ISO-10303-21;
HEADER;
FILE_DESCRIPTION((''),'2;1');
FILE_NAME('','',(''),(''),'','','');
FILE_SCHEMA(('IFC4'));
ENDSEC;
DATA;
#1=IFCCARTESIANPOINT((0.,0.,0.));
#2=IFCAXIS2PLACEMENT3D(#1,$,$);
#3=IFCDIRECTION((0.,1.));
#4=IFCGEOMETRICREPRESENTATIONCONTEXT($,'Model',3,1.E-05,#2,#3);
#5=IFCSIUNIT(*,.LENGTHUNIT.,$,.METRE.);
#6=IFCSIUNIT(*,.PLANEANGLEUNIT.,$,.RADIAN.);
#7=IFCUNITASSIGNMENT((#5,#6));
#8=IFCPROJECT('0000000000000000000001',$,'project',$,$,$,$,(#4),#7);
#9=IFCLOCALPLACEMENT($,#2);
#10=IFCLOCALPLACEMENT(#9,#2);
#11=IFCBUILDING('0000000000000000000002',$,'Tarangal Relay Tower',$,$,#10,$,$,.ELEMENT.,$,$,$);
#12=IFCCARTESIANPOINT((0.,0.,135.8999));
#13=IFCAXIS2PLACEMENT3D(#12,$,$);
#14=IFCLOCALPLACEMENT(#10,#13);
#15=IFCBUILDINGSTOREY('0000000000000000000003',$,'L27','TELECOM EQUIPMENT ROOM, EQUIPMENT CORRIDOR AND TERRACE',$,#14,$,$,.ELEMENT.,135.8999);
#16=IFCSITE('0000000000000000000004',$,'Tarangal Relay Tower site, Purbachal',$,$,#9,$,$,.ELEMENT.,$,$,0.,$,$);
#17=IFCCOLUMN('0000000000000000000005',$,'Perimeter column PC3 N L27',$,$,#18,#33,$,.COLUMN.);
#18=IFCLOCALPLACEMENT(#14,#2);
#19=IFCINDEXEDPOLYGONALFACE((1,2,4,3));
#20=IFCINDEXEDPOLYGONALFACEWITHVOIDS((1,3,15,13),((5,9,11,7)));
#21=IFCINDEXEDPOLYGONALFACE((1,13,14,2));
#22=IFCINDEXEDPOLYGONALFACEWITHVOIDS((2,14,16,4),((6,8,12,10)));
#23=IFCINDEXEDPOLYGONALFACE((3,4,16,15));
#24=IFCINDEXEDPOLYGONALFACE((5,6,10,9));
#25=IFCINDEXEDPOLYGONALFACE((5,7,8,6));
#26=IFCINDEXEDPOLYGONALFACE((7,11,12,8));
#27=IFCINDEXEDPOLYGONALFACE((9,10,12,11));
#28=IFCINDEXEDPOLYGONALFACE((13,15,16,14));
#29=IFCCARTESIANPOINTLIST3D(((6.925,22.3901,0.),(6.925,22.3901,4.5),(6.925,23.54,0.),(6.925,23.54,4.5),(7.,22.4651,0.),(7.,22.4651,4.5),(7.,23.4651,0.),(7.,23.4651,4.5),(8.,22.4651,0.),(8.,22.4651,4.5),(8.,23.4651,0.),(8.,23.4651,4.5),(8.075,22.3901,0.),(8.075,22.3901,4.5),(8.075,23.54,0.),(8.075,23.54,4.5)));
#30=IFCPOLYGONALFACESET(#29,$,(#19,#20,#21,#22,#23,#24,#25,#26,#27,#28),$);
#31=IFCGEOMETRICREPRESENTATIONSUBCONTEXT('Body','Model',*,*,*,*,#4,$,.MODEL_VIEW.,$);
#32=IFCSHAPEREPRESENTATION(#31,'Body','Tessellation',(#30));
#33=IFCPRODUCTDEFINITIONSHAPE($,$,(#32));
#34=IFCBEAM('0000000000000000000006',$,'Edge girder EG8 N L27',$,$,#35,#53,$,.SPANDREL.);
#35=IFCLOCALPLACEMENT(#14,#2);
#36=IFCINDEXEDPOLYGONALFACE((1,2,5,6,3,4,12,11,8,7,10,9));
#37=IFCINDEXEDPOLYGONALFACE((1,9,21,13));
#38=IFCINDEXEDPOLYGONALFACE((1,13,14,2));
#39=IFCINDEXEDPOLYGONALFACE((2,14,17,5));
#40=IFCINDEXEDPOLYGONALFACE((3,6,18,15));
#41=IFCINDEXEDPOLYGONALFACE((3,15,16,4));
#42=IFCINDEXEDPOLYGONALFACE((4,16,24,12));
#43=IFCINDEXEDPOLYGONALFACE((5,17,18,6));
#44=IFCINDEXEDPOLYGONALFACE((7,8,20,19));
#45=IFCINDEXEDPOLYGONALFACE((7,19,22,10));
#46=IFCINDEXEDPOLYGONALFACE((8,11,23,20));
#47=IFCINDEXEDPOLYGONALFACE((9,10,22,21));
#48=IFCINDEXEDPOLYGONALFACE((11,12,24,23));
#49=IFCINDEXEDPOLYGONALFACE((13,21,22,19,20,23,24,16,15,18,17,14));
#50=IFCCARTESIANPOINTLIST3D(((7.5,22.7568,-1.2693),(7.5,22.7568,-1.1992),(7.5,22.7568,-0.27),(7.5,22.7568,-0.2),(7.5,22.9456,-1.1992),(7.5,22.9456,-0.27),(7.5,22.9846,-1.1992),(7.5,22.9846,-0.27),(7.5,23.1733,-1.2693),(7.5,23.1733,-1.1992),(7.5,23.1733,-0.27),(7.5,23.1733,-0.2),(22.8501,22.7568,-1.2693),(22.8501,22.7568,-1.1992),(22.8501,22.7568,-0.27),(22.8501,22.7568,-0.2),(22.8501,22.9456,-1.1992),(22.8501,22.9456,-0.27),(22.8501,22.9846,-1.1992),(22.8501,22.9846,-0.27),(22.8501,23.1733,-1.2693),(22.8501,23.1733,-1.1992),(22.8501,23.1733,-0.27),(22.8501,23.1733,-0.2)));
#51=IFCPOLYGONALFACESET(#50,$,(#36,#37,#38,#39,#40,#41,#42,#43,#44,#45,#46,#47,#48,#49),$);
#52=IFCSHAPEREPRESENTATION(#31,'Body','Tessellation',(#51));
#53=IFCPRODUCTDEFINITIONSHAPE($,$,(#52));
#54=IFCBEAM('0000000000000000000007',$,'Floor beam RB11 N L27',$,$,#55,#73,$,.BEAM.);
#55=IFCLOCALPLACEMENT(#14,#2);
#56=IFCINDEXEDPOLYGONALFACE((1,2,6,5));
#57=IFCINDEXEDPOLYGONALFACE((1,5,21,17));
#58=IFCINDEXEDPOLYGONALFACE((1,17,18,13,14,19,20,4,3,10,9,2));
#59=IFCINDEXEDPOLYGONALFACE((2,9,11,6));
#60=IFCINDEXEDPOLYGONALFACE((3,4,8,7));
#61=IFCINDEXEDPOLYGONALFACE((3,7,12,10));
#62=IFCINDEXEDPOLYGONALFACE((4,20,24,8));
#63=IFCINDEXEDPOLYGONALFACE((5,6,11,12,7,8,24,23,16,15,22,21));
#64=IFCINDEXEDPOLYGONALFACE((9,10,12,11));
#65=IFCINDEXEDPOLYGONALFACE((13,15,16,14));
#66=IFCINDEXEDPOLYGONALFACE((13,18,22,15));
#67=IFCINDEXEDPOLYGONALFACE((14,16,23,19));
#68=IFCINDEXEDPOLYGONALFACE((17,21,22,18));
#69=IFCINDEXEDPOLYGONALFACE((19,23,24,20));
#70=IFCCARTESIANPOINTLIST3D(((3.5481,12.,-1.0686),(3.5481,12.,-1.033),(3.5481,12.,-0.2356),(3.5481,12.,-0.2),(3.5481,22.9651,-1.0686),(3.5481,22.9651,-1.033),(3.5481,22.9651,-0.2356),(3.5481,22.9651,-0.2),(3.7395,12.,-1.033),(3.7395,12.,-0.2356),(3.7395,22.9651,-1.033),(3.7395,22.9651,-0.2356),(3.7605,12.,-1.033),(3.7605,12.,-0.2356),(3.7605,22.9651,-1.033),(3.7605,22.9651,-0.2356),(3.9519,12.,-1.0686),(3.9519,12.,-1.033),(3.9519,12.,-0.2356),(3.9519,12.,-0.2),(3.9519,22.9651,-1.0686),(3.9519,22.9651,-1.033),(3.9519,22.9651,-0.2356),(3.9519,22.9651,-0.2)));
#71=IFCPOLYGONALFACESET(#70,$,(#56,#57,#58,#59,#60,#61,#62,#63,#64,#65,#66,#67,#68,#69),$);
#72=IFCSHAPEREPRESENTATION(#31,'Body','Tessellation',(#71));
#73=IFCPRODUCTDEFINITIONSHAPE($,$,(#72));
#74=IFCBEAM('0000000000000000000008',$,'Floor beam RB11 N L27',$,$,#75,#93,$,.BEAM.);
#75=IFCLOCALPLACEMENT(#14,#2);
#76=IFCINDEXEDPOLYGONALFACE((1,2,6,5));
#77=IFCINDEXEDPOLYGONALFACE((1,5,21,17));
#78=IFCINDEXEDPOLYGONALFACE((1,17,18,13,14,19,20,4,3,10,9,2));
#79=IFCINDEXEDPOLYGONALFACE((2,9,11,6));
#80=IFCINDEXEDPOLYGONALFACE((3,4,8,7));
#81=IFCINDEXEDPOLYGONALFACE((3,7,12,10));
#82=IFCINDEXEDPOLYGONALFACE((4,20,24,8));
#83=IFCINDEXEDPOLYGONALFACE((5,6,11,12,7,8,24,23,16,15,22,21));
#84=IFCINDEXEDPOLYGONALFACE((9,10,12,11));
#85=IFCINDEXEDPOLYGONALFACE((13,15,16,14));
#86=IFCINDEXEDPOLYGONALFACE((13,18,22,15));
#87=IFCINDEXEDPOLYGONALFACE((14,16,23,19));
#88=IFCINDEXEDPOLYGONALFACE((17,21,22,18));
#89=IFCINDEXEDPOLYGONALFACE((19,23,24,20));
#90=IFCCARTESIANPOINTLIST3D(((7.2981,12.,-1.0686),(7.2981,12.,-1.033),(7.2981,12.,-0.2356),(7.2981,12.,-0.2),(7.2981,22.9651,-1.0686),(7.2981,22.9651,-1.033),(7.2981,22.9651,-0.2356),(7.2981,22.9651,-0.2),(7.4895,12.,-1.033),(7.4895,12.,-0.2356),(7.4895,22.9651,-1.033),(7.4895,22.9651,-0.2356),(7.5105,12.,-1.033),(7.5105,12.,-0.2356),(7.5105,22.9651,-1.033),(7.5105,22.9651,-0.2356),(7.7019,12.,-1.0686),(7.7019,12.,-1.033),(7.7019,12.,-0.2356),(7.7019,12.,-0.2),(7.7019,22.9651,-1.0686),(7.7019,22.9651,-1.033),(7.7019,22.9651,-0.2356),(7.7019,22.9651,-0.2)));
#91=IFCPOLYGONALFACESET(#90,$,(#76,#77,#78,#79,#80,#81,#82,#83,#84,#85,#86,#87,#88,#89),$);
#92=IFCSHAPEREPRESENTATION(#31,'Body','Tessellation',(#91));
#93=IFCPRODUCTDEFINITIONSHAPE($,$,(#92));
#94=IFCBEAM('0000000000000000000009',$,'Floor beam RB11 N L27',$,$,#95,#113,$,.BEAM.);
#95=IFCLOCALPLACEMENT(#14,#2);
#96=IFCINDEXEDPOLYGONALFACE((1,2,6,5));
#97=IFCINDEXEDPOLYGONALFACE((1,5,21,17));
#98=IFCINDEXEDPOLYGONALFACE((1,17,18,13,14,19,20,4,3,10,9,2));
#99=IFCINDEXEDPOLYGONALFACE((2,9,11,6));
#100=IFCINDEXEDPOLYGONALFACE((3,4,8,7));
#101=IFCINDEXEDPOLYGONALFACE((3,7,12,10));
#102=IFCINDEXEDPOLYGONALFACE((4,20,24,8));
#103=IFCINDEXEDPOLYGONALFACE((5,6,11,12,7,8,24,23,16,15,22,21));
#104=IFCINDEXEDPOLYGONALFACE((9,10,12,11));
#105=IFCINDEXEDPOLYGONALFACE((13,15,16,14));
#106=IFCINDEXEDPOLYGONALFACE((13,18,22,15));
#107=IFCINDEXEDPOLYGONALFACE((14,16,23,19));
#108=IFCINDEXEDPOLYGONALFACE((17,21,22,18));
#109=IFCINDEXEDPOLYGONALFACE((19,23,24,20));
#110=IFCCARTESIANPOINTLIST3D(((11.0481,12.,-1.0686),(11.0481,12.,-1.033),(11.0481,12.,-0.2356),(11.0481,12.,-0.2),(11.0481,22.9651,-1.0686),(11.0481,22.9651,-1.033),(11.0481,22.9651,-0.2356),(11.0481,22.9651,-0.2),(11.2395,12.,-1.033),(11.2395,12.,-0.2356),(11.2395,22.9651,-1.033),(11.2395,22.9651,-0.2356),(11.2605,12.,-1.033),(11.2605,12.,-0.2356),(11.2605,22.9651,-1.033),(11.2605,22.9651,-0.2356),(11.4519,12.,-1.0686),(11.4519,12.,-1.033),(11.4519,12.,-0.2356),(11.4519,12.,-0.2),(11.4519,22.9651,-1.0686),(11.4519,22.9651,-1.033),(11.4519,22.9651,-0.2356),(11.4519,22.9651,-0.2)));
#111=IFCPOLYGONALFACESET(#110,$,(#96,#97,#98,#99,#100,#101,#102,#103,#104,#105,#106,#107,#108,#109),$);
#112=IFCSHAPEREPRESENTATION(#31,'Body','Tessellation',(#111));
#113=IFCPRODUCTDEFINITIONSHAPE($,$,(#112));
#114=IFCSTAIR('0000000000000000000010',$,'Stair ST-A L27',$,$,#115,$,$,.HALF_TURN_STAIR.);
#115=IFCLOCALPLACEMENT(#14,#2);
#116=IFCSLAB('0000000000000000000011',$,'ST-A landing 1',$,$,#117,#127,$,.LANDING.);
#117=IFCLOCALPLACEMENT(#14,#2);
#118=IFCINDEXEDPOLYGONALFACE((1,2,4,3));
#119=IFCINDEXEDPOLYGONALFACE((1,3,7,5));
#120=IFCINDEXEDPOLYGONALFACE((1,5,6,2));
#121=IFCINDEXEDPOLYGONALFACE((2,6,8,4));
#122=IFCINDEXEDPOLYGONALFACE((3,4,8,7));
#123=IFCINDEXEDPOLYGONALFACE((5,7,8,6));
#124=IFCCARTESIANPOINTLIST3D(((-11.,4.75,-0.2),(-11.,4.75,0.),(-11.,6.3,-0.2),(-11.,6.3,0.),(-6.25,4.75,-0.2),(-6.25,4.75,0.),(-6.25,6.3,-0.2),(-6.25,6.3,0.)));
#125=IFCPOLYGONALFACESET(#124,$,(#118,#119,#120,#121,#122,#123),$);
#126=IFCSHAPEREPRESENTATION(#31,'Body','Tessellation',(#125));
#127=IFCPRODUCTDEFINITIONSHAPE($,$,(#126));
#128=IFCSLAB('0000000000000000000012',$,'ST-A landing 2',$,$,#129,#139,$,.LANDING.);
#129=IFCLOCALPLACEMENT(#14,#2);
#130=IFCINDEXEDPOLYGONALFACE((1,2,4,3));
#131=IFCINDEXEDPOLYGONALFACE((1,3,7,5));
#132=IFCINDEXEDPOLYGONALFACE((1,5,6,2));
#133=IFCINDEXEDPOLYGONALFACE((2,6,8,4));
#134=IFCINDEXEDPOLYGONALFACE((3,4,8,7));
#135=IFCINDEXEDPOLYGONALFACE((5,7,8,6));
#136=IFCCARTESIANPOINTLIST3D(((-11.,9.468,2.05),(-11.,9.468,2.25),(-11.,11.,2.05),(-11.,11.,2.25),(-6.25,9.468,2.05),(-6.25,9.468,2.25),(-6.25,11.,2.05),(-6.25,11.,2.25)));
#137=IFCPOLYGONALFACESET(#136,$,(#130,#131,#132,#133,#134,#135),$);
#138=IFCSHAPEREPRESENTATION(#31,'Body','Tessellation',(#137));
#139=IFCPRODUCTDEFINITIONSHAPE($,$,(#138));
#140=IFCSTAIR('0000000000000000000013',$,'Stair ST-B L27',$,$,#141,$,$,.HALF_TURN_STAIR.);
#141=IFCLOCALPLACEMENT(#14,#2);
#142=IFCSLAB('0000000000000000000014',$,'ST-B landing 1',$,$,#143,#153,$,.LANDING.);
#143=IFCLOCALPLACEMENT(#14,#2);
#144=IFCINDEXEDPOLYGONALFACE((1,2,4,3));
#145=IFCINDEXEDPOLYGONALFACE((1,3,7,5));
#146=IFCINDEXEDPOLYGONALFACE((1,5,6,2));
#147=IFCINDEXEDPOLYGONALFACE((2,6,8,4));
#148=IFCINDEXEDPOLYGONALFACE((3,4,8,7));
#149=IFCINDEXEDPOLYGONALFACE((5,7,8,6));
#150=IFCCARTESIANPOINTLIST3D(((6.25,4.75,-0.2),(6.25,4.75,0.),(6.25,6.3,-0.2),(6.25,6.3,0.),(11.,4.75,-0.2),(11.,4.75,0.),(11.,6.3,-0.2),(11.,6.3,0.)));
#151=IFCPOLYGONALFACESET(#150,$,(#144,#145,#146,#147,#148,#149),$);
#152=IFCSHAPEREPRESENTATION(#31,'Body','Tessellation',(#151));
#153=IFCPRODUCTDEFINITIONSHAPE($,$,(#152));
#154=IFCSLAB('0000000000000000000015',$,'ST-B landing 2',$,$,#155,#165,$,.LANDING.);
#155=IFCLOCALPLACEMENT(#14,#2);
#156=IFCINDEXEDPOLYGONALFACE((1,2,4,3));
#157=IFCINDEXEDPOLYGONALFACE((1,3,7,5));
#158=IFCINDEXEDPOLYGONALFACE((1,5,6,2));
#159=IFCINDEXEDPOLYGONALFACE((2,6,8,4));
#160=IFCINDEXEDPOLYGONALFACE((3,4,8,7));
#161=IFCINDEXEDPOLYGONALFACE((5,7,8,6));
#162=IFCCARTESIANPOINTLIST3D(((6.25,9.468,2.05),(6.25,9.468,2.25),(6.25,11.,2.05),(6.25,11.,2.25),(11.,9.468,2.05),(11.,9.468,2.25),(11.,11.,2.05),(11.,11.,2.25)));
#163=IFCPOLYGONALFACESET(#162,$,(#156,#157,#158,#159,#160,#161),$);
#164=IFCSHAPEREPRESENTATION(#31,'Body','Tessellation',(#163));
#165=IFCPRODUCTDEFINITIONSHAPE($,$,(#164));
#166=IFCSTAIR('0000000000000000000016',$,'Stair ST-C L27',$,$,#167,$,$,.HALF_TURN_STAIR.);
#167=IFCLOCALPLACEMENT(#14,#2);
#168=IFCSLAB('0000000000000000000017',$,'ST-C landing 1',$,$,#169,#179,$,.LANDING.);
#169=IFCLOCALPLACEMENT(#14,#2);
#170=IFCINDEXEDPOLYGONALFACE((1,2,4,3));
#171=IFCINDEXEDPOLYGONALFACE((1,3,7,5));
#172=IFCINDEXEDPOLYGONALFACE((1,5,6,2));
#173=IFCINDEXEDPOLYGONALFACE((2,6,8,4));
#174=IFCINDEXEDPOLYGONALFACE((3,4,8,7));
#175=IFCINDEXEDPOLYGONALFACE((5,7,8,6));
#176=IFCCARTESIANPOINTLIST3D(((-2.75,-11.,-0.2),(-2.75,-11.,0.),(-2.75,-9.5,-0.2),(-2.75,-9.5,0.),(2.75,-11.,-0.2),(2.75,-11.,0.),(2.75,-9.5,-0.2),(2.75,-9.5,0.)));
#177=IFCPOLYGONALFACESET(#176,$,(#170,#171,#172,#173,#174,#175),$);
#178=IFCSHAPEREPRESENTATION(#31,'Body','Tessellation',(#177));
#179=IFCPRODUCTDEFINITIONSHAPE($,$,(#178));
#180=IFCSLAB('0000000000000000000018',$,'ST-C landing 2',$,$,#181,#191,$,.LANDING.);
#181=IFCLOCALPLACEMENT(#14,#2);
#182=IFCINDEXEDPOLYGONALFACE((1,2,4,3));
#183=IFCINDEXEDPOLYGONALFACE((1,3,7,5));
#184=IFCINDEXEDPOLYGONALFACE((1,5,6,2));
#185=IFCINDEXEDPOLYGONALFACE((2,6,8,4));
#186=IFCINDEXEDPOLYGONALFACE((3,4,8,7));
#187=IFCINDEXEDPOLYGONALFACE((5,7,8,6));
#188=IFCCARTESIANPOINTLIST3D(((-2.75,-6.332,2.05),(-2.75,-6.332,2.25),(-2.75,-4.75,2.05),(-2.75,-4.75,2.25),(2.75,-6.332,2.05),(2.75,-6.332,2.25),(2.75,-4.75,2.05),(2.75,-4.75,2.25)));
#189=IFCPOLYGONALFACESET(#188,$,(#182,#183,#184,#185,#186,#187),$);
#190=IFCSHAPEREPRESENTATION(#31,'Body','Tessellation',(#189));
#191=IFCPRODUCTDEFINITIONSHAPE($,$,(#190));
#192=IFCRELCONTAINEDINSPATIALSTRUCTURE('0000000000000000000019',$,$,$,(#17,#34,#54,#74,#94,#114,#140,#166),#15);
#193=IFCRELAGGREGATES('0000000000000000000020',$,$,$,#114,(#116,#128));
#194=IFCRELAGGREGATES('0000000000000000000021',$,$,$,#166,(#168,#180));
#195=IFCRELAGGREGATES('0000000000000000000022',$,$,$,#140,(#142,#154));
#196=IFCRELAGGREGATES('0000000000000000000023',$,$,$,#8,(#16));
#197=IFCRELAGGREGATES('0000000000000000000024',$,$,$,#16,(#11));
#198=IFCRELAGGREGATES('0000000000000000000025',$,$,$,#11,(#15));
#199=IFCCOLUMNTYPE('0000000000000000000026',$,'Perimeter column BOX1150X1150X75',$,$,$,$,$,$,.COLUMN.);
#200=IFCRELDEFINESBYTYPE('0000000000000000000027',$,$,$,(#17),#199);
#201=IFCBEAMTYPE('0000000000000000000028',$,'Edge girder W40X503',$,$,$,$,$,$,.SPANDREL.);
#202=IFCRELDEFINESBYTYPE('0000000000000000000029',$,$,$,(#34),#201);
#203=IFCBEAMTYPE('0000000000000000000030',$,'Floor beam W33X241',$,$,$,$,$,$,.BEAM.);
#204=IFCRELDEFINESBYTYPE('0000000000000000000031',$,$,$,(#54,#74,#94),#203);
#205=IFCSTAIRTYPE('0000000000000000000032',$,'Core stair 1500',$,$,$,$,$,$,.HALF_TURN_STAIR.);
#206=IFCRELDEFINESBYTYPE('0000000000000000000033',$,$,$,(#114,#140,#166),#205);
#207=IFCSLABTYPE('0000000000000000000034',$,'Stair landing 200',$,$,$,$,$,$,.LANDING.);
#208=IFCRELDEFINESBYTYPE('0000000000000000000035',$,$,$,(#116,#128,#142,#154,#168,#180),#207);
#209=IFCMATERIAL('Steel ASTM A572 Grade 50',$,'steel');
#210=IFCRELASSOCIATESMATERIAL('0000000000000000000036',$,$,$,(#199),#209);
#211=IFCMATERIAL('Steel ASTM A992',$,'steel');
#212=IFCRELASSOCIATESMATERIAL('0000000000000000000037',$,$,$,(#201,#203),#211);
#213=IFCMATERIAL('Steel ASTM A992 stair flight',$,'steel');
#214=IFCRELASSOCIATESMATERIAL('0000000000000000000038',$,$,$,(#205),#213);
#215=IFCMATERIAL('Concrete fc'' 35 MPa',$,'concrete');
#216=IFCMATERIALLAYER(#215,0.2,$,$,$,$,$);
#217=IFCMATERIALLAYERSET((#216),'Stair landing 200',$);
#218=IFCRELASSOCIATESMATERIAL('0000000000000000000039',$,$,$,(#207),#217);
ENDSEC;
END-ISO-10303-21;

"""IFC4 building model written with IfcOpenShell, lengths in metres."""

from ifc_helpers import new_model, si_unit, direction, frame, origin, origin_2d, place, context, subcontext, project, spatial, polyline, hollow_rectangle, i_section, outline, extrude, material, layer, layer_set, material_profile, profile_set, type_object, element, aggregate, save


model = new_model("IFC4")

# Units and contexts
model_context = context("Model", 3, precision=1e-05, world=origin(), true_north=direction((0.0, 1.0)))
body_context = subcontext(model_context, "Body", "Model", "MODEL_VIEW")
ifc_project = project(units=[si_unit("LENGTHUNIT", "METRE"), si_unit("PLANEANGLEUNIT", "RADIAN")], contexts=[model_context])

# Site, building, storey
site_placement = place(None, origin())
site = spatial("IfcSite", under=ifc_project, at=site_placement, Name="Tarangal Relay Tower site, Purbachal", CompositionType="ELEMENT", RefElevation=0.0)
building_placement = place(site_placement, origin())
building = spatial("IfcBuilding", under=site, at=building_placement, Name="Tarangal Relay Tower", CompositionType="ELEMENT")
storey_placement = place(building_placement, frame((0.0, 0.0, 135.8999)))
storey = spatial("IfcBuildingStorey", under=building, at=storey_placement, Name="L27", Description="TELECOM EQUIPMENT ROOM, EQUIPMENT CORRIDOR AND TERRACE", CompositionType="ELEMENT", Elevation=135.8999)

# Column
ifc_material_1 = material(Name="Steel ASTM A572 Grade 50", Category="steel")
ifc_material_profile_1 = material_profile(ifc_material_1, hollow_rectangle(XDim=1.1499, YDim=1.1499, WallThickness=0.075, at=origin_2d()), Name="BOX1150X1150X75")
ifc_profile_set_1 = profile_set([ifc_material_profile_1], Name="Steel ASTM A572 Grade 50")
column_type = type_object("IfcColumnType", Name="Perimeter column BOX1150X1150X75", PredefinedType="COLUMN", material=ifc_profile_set_1)
column_placement = place(storey_placement, frame((7.5, 22.9651, 0.0), z_axis=(0.0, 0.0, 1.0), x_axis=(1.0, 0.0, 0.0)))
element("IfcColumn", 1, at=column_placement, inside=storey, type_object=column_type, Name="Perimeter column PC3 N L27", PredefinedType="COLUMN", context=body_context, shape_type="SweptSolid", body=[
    extrude(hollow_rectangle(XDim=1.1499, YDim=1.1499, WallThickness=0.075, at=origin_2d()), origin(), (0.0, 0.0, 1.0), 4.5),
])

# Beams
ifc_material_2 = material(Name="Steel ASTM A992", Category="steel")
ifc_material_profile_2 = material_profile(ifc_material_2, i_section(OverallWidth=0.4165, OverallDepth=1.0693, WebThickness=0.0391, FlangeThickness=0.0701, at=origin_2d()), Name="W40X503")
ifc_profile_set_2 = profile_set([ifc_material_profile_2], Name="Steel ASTM A992")
beam_type_1 = type_object("IfcBeamType", Name="Edge girder W40X503", PredefinedType="SPANDREL", material=ifc_profile_set_2)
beam_placement = place(storey_placement, frame((7.5, 22.9651, -0.7346), z_axis=(1.0, 0.0, 0.0), x_axis=(0.0, 1.0, 0.0)))
element("IfcBeam", 2, at=beam_placement, inside=storey, type_object=beam_type_1, Name="Edge girder EG8 N L27", PredefinedType="SPANDREL", context=body_context, shape_type="SweptSolid", body=[
    extrude(i_section(OverallWidth=0.4165, OverallDepth=1.0693, WebThickness=0.0391, FlangeThickness=0.0701, at=origin_2d()), origin(), (0.0, 0.0, 1.0), 15.3501),
])
ifc_material_profile_3 = material_profile(ifc_material_2, i_section(OverallWidth=0.4038, OverallDepth=0.8687, WebThickness=0.021, FlangeThickness=0.0356, at=origin_2d()), Name="W33X241")
ifc_profile_set_3 = profile_set([ifc_material_profile_3], Name="Steel ASTM A992")
beam_type_2 = type_object("IfcBeamType", Name="Floor beam W33X241", PredefinedType="BEAM", material=ifc_profile_set_3)
for number, where, z_axis, x_axis, name in (
    (3, (3.75, 12.0, -0.6343), (0.0, 1.0, 0.0), (-1.0, 0.0, 0.0), "Floor beam RB11 N L27"),
    (4, (7.5, 12.0, -0.6343), (0.0, 1.0, 0.0), (-1.0, 0.0, 0.0), "Floor beam RB11 N L27"),
    (5, (11.25, 12.0, -0.6343), (0.0, 1.0, 0.0), (-1.0, 0.0, 0.0), "Floor beam RB11 N L27"),
):
    element("IfcBeam", number, at=place(storey_placement, frame(where, z_axis=z_axis, x_axis=x_axis)), inside=storey, type_object=beam_type_2, Name=name, PredefinedType="BEAM", context=body_context, shape_type="SweptSolid", body=[
        extrude(i_section(OverallWidth=0.4038, OverallDepth=0.8687, WebThickness=0.021, FlangeThickness=0.0356, at=origin_2d()), origin(), (0.0, 0.0, 1.0), 10.9651),
    ])

# Stairs, slabs
ifc_material_3 = material(Name="Steel ASTM A992 stair flight", Category="steel")
stair_type = type_object("IfcStairType", Name="Core stair 1500", PredefinedType="HALF_TURN_STAIR", material=ifc_material_3)
stair_1_placement = place(storey_placement, origin())
stair_1 = element("IfcStair", 6, at=stair_1_placement, inside=storey, type_object=stair_type, Name="Stair ST-A L27", PredefinedType="HALF_TURN_STAIR")
ifc_material_4 = material(Name="Concrete fc' 35 MPa", Category="concrete")
ifc_layer_1 = layer(ifc_material_4, 0.2)
ifc_layer_set_1 = layer_set([ifc_layer_1], Name="Stair landing 200")
slab_type = type_object("IfcSlabType", Name="Stair landing 200", PredefinedType="LANDING", material=ifc_layer_set_1)
slab_1_placement = place(storey_placement, frame((0.0, 0.0, -0.2)))
slab_1 = element("IfcSlab", 7, at=slab_1_placement, type_object=slab_type, Name="ST-A landing 1", PredefinedType="LANDING", context=body_context, shape_type="SweptSolid", body=[
    extrude(outline(polyline([(-11.0, 4.75), (-6.25, 4.75), (-6.25, 6.3), (-11.0, 6.3), (-11.0, 4.75)])), origin(), (0.0, 0.0, 1.0), 0.2),
])
slab_2_placement = place(storey_placement, frame((0.0, 0.0, 2.05)))
slab_2 = element("IfcSlab", 8, at=slab_2_placement, type_object=slab_type, Name="ST-A landing 2", PredefinedType="LANDING", context=body_context, shape_type="SweptSolid", body=[
    extrude(outline(polyline([(-11.0, 9.468), (-6.25, 9.468), (-6.25, 11.0), (-11.0, 11.0), (-11.0, 9.468)])), origin(), (0.0, 0.0, 1.0), 0.2),
])
aggregate(stair_1, [slab_1, slab_2])
stair_2_placement = place(storey_placement, origin())
stair_2 = element("IfcStair", 9, at=stair_2_placement, inside=storey, type_object=stair_type, Name="Stair ST-B L27", PredefinedType="HALF_TURN_STAIR")
slab_3_placement = place(storey_placement, frame((0.0, 0.0, -0.2)))
slab_3 = element("IfcSlab", 10, at=slab_3_placement, type_object=slab_type, Name="ST-B landing 1", PredefinedType="LANDING", context=body_context, shape_type="SweptSolid", body=[
    extrude(outline(polyline([(6.25, 4.75), (11.0, 4.75), (11.0, 6.3), (6.25, 6.3), (6.25, 4.75)])), origin(), (0.0, 0.0, 1.0), 0.2),
])
slab_4_placement = place(storey_placement, frame((0.0, 0.0, 2.05)))
slab_4 = element("IfcSlab", 11, at=slab_4_placement, type_object=slab_type, Name="ST-B landing 2", PredefinedType="LANDING", context=body_context, shape_type="SweptSolid", body=[
    extrude(outline(polyline([(6.25, 9.468), (11.0, 9.468), (11.0, 11.0), (6.25, 11.0), (6.25, 9.468)])), origin(), (0.0, 0.0, 1.0), 0.2),
])
stair_3_placement = place(storey_placement, origin())
stair_3 = element("IfcStair", 12, at=stair_3_placement, inside=storey, type_object=stair_type, Name="Stair ST-C L27", PredefinedType="HALF_TURN_STAIR")
slab_5_placement = place(storey_placement, frame((0.0, 0.0, -0.2)))
slab_5 = element("IfcSlab", 13, at=slab_5_placement, type_object=slab_type, Name="ST-C landing 1", PredefinedType="LANDING", context=body_context, shape_type="SweptSolid", body=[
    extrude(outline(polyline([(-2.75, -11.0), (2.75, -11.0), (2.75, -9.5), (-2.75, -9.5), (-2.75, -11.0)])), origin(), (0.0, 0.0, 1.0), 0.2),
])
slab_6_placement = place(storey_placement, frame((0.0, 0.0, 2.05)))
slab_6 = element("IfcSlab", 14, at=slab_6_placement, type_object=slab_type, Name="ST-C landing 2", PredefinedType="LANDING", context=body_context, shape_type="SweptSolid", body=[
    extrude(outline(polyline([(-2.75, -6.332), (2.75, -6.332), (2.75, -4.75), (-2.75, -4.75), (-2.75, -6.332)])), origin(), (0.0, 0.0, 1.0), 0.2),
])
aggregate(stair_3, [slab_5, slab_6])

aggregate(stair_2, [slab_3, slab_4])

save(model, "model.ifc")
